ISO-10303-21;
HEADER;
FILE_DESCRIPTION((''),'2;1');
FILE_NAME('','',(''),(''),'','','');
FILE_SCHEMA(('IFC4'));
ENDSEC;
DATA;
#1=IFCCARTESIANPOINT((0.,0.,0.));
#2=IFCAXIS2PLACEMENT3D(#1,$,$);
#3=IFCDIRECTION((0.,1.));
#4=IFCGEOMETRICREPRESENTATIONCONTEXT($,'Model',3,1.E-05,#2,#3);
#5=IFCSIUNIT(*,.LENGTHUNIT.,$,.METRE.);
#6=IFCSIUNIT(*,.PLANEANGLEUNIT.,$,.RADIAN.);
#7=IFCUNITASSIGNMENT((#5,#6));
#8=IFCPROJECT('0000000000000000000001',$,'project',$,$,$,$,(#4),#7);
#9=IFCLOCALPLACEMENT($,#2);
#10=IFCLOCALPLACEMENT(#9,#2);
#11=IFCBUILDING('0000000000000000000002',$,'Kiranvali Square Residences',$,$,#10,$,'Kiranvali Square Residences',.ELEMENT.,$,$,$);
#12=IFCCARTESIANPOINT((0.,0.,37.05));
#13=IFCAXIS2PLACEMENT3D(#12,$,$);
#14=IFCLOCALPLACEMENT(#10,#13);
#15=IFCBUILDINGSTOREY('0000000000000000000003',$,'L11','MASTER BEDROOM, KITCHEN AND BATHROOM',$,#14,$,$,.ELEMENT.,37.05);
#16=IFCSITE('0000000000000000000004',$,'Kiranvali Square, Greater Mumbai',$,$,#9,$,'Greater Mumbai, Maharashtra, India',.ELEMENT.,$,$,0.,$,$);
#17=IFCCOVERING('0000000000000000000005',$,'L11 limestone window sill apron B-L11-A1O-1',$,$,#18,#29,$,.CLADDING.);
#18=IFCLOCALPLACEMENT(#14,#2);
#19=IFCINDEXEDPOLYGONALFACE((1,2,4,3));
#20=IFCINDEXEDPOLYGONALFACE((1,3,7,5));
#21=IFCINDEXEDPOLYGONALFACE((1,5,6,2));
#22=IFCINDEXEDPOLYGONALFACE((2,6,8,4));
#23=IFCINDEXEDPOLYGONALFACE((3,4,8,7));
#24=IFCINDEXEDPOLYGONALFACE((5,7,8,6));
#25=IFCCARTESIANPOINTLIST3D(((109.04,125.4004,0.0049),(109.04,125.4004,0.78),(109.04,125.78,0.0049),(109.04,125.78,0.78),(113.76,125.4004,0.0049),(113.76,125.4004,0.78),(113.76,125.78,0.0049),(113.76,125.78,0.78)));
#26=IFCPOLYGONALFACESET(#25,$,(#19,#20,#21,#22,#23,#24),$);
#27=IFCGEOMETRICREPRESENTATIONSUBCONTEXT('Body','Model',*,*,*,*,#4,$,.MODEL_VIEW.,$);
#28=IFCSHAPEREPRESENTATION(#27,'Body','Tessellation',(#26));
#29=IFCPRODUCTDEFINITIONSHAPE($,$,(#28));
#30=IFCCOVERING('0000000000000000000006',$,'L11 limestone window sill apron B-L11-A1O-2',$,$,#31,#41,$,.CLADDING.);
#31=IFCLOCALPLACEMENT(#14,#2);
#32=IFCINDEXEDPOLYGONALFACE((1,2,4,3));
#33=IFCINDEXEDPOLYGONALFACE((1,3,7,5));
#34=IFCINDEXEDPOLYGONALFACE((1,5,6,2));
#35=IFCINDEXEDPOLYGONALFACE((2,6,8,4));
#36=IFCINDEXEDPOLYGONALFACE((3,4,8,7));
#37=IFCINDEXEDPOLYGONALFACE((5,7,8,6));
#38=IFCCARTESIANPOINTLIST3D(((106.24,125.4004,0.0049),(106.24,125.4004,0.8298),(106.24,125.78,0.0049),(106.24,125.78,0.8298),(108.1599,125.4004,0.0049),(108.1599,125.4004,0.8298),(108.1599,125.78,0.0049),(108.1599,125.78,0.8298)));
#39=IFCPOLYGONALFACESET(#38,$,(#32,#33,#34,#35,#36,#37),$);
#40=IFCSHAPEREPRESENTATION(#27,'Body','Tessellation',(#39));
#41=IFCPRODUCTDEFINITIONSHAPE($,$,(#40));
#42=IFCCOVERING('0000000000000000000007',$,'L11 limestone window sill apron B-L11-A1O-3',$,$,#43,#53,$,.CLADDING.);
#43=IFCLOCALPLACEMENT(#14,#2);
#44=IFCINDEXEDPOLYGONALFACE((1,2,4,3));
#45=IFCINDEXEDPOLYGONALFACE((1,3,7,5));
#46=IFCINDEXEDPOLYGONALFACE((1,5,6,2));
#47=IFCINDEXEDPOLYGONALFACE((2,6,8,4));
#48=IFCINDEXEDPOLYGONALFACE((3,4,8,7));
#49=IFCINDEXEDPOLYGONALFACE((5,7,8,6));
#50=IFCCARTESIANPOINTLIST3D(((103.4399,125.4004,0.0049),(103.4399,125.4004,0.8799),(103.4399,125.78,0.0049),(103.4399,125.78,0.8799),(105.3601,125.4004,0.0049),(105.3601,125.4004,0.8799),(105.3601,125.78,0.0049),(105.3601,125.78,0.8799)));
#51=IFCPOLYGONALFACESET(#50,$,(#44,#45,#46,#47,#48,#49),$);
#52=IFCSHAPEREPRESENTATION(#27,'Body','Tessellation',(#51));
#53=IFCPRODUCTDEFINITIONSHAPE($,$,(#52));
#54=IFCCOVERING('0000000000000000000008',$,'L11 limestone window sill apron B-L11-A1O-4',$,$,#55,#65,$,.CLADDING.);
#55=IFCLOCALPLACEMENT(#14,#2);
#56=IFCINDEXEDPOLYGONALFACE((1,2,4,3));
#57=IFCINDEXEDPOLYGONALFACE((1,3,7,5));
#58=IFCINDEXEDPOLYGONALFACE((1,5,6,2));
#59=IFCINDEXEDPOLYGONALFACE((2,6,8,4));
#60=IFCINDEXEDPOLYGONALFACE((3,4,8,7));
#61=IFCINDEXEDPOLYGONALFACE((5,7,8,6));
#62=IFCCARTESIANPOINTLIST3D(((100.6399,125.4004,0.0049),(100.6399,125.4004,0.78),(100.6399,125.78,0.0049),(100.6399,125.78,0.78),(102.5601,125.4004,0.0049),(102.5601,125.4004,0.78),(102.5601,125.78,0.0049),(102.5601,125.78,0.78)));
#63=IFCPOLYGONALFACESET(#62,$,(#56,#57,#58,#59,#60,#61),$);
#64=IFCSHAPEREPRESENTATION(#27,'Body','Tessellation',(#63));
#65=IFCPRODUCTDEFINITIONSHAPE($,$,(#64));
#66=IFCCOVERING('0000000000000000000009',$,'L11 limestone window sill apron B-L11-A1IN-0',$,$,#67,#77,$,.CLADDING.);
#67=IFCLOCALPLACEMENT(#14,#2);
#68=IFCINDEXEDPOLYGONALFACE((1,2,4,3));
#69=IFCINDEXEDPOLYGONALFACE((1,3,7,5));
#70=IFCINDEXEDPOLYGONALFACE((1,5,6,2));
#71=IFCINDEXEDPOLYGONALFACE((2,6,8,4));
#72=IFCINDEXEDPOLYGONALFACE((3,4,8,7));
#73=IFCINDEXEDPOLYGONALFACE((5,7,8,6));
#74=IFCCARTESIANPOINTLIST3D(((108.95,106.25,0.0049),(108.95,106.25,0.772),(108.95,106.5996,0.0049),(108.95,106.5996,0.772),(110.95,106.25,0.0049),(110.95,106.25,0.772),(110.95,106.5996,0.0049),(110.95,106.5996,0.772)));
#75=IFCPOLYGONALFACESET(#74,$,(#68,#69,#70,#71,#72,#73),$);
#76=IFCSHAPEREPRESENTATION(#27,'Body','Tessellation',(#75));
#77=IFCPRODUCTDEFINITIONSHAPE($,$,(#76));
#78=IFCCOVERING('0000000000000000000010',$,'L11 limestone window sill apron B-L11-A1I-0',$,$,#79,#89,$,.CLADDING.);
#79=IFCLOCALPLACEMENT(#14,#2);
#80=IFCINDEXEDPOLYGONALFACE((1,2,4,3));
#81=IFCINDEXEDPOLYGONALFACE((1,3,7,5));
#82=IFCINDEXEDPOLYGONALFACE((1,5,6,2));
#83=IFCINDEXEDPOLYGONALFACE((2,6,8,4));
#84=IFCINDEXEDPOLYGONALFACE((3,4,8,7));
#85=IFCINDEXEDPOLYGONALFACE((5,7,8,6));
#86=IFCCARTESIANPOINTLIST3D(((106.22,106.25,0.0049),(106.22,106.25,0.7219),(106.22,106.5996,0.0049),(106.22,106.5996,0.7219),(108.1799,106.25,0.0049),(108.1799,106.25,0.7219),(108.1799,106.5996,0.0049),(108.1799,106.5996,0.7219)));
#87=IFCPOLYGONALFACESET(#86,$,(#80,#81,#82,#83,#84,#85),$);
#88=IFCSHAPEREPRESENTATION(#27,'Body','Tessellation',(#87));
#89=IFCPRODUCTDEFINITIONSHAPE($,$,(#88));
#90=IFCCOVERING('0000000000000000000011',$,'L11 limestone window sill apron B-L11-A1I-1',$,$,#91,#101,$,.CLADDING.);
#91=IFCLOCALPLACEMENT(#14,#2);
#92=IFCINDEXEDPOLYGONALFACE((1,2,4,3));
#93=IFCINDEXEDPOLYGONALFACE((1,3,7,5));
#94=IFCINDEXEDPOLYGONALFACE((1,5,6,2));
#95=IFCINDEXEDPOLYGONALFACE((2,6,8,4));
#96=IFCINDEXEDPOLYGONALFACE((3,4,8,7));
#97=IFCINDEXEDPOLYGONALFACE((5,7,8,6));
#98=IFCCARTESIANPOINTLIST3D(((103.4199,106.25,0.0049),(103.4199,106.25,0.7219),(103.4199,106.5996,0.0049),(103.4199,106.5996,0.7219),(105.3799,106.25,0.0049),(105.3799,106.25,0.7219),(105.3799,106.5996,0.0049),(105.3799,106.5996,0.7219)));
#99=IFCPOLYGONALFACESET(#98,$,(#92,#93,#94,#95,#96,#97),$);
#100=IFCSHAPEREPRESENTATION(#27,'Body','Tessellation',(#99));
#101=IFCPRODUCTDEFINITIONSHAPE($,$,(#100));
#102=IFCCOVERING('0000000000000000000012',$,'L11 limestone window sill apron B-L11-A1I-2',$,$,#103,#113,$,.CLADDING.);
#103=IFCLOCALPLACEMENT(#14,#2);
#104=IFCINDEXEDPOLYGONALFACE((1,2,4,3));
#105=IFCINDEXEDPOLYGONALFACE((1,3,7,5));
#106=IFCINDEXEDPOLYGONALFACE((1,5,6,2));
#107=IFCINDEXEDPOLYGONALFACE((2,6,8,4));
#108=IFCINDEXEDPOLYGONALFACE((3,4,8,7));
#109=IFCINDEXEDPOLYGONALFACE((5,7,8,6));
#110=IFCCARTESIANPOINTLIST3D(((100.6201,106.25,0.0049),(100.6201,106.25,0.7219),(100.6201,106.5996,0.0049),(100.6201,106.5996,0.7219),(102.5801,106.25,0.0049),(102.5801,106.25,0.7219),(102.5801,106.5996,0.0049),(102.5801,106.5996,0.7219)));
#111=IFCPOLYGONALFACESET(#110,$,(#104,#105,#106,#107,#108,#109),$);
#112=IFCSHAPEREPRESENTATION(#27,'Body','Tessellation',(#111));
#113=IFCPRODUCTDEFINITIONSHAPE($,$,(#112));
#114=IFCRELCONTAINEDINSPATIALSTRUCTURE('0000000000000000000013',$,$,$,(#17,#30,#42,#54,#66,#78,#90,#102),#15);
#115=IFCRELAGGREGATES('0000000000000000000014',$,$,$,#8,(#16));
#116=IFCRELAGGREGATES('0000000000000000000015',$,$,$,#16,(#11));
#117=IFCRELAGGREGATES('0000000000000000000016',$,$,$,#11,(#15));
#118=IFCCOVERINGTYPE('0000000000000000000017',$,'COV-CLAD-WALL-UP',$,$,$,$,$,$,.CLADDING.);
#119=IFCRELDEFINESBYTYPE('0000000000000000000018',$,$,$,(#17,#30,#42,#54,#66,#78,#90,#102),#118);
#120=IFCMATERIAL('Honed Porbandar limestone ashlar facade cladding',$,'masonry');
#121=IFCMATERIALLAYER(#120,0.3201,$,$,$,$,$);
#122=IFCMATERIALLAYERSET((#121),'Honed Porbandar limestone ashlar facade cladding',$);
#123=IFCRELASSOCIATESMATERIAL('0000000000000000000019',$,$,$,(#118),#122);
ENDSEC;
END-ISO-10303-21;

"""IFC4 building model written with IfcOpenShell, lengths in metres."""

from ifc_helpers import new_model, si_unit, direction, frame, origin, place, context, subcontext, project, spatial, polyline, outline, extrude, material, layer, layer_set, type_object, element, save


model = new_model("IFC4")

# Units and contexts
model_context = context("Model", 3, precision=1e-05, world=origin(), true_north=direction((0.0, 1.0)))
body_context = subcontext(model_context, "Body", "Model", "MODEL_VIEW")
ifc_project = project(units=[si_unit("LENGTHUNIT", "METRE"), si_unit("PLANEANGLEUNIT", "RADIAN")], contexts=[model_context])

# Site, building, storey
site_placement = place(None, origin())
site = spatial("IfcSite", under=ifc_project, at=site_placement, Name="Kiranvali Square, Greater Mumbai", LongName="Greater Mumbai, Maharashtra, India", CompositionType="ELEMENT", RefElevation=0.0)
building_placement = place(site_placement, origin())
building = spatial("IfcBuilding", under=site, at=building_placement, Name="Kiranvali Square Residences", LongName="Kiranvali Square Residences", CompositionType="ELEMENT")
storey_placement = place(building_placement, frame((0.0, 0.0, 37.05)))
storey = spatial("IfcBuildingStorey", under=building, at=storey_placement, Name="L11", Description="MASTER BEDROOM, KITCHEN AND BATHROOM", CompositionType="ELEMENT", Elevation=37.05)

# Coverings
ifc_material = material(Name="Honed Porbandar limestone ashlar facade cladding", Category="masonry")
ifc_layer_1 = layer(ifc_material, 0.3201)
ifc_layer_set_1 = layer_set([ifc_layer_1], Name="Honed Porbandar limestone ashlar facade cladding")
covering_type_1 = type_object("IfcCoveringType", Name="COV-CLAD-WALL-UP", PredefinedType="CLADDING", material=ifc_layer_set_1)
covering_1_placement = place(storey_placement, frame((0.0, 0.0, 0.0049)))
element("IfcCovering", 1, at=covering_1_placement, inside=storey, type_object=covering_type_1, Name="L11 limestone window sill apron B-L11-A1O-1", PredefinedType="CLADDING", context=body_context, shape_type="SweptSolid", body=[
    extrude(outline(polyline([(113.76, 125.78), (109.04, 125.78), (109.04, 125.4004), (113.76, 125.4004), (113.76, 125.78)])), origin(), (0.0, 0.0, 1.0), 0.7751),
])
covering_2_placement = place(storey_placement, frame((0.0, 0.0, 0.0049)))
element("IfcCovering", 2, at=covering_2_placement, inside=storey, type_object=covering_type_1, Name="L11 limestone window sill apron B-L11-A1O-2", PredefinedType="CLADDING", context=body_context, shape_type="SweptSolid", body=[
    extrude(outline(polyline([(108.1599, 125.78), (106.24, 125.78), (106.24, 125.4004), (108.1599, 125.4004), (108.1599, 125.78)])), origin(), (0.0, 0.0, 1.0), 0.825),
])
covering_3_placement = place(storey_placement, frame((0.0, 0.0, 0.0049)))
element("IfcCovering", 3, at=covering_3_placement, inside=storey, type_object=covering_type_1, Name="L11 limestone window sill apron B-L11-A1O-3", PredefinedType="CLADDING", context=body_context, shape_type="SweptSolid", body=[
    extrude(outline(polyline([(105.3601, 125.78), (103.4399, 125.78), (103.4399, 125.4004), (105.3601, 125.4004), (105.3601, 125.78)])), origin(), (0.0, 0.0, 1.0), 0.875),
])
covering_4_placement = place(storey_placement, frame((0.0, 0.0, 0.0049)))
element("IfcCovering", 4, at=covering_4_placement, inside=storey, type_object=covering_type_1, Name="L11 limestone window sill apron B-L11-A1O-4", PredefinedType="CLADDING", context=body_context, shape_type="SweptSolid", body=[
    extrude(outline(polyline([(102.5601, 125.78), (100.6399, 125.78), (100.6399, 125.4004), (102.5601, 125.4004), (102.5601, 125.78)])), origin(), (0.0, 0.0, 1.0), 0.7751),
])
covering_5_placement = place(storey_placement, frame((0.0, 0.0, 0.0049)))
element("IfcCovering", 5, at=covering_5_placement, inside=storey, type_object=covering_type_1, Name="L11 limestone window sill apron B-L11-A1IN-0", PredefinedType="CLADDING", context=body_context, shape_type="SweptSolid", body=[
    extrude(outline(polyline([(110.95, 106.5996), (108.95, 106.5996), (108.95, 106.25), (110.95, 106.25), (110.95, 106.5996)])), origin(), (0.0, 0.0, 1.0), 0.7671),
])
covering_6_placement = place(storey_placement, frame((0.0, 0.0, 0.0049)))
element("IfcCovering", 6, at=covering_6_placement, inside=storey, type_object=covering_type_1, Name="L11 limestone window sill apron B-L11-A1I-0", PredefinedType="CLADDING", context=body_context, shape_type="SweptSolid", body=[
    extrude(outline(polyline([(108.1799, 106.5996), (106.22, 106.5996), (106.22, 106.25), (108.1799, 106.25), (108.1799, 106.5996)])), origin(), (0.0, 0.0, 1.0), 0.717),
])
covering_7_placement = place(storey_placement, frame((0.0, 0.0, 0.0049)))
element("IfcCovering", 7, at=covering_7_placement, inside=storey, type_object=covering_type_1, Name="L11 limestone window sill apron B-L11-A1I-1", PredefinedType="CLADDING", context=body_context, shape_type="SweptSolid", body=[
    extrude(outline(polyline([(105.3799, 106.5996), (103.4199, 106.5996), (103.4199, 106.25), (105.3799, 106.25), (105.3799, 106.5996)])), origin(), (0.0, 0.0, 1.0), 0.717),
])
covering_8_placement = place(storey_placement, frame((0.0, 0.0, 0.0049)))
element("IfcCovering", 8, at=covering_8_placement, inside=storey, type_object=covering_type_1, Name="L11 limestone window sill apron B-L11-A1I-2", PredefinedType="CLADDING", context=body_context, shape_type="SweptSolid", body=[
    extrude(outline(polyline([(102.5801, 106.5996), (100.6201, 106.5996), (100.6201, 106.25), (102.5801, 106.25), (102.5801, 106.5996)])), origin(), (0.0, 0.0, 1.0), 0.717),
])

save(model, "model.ifc")
